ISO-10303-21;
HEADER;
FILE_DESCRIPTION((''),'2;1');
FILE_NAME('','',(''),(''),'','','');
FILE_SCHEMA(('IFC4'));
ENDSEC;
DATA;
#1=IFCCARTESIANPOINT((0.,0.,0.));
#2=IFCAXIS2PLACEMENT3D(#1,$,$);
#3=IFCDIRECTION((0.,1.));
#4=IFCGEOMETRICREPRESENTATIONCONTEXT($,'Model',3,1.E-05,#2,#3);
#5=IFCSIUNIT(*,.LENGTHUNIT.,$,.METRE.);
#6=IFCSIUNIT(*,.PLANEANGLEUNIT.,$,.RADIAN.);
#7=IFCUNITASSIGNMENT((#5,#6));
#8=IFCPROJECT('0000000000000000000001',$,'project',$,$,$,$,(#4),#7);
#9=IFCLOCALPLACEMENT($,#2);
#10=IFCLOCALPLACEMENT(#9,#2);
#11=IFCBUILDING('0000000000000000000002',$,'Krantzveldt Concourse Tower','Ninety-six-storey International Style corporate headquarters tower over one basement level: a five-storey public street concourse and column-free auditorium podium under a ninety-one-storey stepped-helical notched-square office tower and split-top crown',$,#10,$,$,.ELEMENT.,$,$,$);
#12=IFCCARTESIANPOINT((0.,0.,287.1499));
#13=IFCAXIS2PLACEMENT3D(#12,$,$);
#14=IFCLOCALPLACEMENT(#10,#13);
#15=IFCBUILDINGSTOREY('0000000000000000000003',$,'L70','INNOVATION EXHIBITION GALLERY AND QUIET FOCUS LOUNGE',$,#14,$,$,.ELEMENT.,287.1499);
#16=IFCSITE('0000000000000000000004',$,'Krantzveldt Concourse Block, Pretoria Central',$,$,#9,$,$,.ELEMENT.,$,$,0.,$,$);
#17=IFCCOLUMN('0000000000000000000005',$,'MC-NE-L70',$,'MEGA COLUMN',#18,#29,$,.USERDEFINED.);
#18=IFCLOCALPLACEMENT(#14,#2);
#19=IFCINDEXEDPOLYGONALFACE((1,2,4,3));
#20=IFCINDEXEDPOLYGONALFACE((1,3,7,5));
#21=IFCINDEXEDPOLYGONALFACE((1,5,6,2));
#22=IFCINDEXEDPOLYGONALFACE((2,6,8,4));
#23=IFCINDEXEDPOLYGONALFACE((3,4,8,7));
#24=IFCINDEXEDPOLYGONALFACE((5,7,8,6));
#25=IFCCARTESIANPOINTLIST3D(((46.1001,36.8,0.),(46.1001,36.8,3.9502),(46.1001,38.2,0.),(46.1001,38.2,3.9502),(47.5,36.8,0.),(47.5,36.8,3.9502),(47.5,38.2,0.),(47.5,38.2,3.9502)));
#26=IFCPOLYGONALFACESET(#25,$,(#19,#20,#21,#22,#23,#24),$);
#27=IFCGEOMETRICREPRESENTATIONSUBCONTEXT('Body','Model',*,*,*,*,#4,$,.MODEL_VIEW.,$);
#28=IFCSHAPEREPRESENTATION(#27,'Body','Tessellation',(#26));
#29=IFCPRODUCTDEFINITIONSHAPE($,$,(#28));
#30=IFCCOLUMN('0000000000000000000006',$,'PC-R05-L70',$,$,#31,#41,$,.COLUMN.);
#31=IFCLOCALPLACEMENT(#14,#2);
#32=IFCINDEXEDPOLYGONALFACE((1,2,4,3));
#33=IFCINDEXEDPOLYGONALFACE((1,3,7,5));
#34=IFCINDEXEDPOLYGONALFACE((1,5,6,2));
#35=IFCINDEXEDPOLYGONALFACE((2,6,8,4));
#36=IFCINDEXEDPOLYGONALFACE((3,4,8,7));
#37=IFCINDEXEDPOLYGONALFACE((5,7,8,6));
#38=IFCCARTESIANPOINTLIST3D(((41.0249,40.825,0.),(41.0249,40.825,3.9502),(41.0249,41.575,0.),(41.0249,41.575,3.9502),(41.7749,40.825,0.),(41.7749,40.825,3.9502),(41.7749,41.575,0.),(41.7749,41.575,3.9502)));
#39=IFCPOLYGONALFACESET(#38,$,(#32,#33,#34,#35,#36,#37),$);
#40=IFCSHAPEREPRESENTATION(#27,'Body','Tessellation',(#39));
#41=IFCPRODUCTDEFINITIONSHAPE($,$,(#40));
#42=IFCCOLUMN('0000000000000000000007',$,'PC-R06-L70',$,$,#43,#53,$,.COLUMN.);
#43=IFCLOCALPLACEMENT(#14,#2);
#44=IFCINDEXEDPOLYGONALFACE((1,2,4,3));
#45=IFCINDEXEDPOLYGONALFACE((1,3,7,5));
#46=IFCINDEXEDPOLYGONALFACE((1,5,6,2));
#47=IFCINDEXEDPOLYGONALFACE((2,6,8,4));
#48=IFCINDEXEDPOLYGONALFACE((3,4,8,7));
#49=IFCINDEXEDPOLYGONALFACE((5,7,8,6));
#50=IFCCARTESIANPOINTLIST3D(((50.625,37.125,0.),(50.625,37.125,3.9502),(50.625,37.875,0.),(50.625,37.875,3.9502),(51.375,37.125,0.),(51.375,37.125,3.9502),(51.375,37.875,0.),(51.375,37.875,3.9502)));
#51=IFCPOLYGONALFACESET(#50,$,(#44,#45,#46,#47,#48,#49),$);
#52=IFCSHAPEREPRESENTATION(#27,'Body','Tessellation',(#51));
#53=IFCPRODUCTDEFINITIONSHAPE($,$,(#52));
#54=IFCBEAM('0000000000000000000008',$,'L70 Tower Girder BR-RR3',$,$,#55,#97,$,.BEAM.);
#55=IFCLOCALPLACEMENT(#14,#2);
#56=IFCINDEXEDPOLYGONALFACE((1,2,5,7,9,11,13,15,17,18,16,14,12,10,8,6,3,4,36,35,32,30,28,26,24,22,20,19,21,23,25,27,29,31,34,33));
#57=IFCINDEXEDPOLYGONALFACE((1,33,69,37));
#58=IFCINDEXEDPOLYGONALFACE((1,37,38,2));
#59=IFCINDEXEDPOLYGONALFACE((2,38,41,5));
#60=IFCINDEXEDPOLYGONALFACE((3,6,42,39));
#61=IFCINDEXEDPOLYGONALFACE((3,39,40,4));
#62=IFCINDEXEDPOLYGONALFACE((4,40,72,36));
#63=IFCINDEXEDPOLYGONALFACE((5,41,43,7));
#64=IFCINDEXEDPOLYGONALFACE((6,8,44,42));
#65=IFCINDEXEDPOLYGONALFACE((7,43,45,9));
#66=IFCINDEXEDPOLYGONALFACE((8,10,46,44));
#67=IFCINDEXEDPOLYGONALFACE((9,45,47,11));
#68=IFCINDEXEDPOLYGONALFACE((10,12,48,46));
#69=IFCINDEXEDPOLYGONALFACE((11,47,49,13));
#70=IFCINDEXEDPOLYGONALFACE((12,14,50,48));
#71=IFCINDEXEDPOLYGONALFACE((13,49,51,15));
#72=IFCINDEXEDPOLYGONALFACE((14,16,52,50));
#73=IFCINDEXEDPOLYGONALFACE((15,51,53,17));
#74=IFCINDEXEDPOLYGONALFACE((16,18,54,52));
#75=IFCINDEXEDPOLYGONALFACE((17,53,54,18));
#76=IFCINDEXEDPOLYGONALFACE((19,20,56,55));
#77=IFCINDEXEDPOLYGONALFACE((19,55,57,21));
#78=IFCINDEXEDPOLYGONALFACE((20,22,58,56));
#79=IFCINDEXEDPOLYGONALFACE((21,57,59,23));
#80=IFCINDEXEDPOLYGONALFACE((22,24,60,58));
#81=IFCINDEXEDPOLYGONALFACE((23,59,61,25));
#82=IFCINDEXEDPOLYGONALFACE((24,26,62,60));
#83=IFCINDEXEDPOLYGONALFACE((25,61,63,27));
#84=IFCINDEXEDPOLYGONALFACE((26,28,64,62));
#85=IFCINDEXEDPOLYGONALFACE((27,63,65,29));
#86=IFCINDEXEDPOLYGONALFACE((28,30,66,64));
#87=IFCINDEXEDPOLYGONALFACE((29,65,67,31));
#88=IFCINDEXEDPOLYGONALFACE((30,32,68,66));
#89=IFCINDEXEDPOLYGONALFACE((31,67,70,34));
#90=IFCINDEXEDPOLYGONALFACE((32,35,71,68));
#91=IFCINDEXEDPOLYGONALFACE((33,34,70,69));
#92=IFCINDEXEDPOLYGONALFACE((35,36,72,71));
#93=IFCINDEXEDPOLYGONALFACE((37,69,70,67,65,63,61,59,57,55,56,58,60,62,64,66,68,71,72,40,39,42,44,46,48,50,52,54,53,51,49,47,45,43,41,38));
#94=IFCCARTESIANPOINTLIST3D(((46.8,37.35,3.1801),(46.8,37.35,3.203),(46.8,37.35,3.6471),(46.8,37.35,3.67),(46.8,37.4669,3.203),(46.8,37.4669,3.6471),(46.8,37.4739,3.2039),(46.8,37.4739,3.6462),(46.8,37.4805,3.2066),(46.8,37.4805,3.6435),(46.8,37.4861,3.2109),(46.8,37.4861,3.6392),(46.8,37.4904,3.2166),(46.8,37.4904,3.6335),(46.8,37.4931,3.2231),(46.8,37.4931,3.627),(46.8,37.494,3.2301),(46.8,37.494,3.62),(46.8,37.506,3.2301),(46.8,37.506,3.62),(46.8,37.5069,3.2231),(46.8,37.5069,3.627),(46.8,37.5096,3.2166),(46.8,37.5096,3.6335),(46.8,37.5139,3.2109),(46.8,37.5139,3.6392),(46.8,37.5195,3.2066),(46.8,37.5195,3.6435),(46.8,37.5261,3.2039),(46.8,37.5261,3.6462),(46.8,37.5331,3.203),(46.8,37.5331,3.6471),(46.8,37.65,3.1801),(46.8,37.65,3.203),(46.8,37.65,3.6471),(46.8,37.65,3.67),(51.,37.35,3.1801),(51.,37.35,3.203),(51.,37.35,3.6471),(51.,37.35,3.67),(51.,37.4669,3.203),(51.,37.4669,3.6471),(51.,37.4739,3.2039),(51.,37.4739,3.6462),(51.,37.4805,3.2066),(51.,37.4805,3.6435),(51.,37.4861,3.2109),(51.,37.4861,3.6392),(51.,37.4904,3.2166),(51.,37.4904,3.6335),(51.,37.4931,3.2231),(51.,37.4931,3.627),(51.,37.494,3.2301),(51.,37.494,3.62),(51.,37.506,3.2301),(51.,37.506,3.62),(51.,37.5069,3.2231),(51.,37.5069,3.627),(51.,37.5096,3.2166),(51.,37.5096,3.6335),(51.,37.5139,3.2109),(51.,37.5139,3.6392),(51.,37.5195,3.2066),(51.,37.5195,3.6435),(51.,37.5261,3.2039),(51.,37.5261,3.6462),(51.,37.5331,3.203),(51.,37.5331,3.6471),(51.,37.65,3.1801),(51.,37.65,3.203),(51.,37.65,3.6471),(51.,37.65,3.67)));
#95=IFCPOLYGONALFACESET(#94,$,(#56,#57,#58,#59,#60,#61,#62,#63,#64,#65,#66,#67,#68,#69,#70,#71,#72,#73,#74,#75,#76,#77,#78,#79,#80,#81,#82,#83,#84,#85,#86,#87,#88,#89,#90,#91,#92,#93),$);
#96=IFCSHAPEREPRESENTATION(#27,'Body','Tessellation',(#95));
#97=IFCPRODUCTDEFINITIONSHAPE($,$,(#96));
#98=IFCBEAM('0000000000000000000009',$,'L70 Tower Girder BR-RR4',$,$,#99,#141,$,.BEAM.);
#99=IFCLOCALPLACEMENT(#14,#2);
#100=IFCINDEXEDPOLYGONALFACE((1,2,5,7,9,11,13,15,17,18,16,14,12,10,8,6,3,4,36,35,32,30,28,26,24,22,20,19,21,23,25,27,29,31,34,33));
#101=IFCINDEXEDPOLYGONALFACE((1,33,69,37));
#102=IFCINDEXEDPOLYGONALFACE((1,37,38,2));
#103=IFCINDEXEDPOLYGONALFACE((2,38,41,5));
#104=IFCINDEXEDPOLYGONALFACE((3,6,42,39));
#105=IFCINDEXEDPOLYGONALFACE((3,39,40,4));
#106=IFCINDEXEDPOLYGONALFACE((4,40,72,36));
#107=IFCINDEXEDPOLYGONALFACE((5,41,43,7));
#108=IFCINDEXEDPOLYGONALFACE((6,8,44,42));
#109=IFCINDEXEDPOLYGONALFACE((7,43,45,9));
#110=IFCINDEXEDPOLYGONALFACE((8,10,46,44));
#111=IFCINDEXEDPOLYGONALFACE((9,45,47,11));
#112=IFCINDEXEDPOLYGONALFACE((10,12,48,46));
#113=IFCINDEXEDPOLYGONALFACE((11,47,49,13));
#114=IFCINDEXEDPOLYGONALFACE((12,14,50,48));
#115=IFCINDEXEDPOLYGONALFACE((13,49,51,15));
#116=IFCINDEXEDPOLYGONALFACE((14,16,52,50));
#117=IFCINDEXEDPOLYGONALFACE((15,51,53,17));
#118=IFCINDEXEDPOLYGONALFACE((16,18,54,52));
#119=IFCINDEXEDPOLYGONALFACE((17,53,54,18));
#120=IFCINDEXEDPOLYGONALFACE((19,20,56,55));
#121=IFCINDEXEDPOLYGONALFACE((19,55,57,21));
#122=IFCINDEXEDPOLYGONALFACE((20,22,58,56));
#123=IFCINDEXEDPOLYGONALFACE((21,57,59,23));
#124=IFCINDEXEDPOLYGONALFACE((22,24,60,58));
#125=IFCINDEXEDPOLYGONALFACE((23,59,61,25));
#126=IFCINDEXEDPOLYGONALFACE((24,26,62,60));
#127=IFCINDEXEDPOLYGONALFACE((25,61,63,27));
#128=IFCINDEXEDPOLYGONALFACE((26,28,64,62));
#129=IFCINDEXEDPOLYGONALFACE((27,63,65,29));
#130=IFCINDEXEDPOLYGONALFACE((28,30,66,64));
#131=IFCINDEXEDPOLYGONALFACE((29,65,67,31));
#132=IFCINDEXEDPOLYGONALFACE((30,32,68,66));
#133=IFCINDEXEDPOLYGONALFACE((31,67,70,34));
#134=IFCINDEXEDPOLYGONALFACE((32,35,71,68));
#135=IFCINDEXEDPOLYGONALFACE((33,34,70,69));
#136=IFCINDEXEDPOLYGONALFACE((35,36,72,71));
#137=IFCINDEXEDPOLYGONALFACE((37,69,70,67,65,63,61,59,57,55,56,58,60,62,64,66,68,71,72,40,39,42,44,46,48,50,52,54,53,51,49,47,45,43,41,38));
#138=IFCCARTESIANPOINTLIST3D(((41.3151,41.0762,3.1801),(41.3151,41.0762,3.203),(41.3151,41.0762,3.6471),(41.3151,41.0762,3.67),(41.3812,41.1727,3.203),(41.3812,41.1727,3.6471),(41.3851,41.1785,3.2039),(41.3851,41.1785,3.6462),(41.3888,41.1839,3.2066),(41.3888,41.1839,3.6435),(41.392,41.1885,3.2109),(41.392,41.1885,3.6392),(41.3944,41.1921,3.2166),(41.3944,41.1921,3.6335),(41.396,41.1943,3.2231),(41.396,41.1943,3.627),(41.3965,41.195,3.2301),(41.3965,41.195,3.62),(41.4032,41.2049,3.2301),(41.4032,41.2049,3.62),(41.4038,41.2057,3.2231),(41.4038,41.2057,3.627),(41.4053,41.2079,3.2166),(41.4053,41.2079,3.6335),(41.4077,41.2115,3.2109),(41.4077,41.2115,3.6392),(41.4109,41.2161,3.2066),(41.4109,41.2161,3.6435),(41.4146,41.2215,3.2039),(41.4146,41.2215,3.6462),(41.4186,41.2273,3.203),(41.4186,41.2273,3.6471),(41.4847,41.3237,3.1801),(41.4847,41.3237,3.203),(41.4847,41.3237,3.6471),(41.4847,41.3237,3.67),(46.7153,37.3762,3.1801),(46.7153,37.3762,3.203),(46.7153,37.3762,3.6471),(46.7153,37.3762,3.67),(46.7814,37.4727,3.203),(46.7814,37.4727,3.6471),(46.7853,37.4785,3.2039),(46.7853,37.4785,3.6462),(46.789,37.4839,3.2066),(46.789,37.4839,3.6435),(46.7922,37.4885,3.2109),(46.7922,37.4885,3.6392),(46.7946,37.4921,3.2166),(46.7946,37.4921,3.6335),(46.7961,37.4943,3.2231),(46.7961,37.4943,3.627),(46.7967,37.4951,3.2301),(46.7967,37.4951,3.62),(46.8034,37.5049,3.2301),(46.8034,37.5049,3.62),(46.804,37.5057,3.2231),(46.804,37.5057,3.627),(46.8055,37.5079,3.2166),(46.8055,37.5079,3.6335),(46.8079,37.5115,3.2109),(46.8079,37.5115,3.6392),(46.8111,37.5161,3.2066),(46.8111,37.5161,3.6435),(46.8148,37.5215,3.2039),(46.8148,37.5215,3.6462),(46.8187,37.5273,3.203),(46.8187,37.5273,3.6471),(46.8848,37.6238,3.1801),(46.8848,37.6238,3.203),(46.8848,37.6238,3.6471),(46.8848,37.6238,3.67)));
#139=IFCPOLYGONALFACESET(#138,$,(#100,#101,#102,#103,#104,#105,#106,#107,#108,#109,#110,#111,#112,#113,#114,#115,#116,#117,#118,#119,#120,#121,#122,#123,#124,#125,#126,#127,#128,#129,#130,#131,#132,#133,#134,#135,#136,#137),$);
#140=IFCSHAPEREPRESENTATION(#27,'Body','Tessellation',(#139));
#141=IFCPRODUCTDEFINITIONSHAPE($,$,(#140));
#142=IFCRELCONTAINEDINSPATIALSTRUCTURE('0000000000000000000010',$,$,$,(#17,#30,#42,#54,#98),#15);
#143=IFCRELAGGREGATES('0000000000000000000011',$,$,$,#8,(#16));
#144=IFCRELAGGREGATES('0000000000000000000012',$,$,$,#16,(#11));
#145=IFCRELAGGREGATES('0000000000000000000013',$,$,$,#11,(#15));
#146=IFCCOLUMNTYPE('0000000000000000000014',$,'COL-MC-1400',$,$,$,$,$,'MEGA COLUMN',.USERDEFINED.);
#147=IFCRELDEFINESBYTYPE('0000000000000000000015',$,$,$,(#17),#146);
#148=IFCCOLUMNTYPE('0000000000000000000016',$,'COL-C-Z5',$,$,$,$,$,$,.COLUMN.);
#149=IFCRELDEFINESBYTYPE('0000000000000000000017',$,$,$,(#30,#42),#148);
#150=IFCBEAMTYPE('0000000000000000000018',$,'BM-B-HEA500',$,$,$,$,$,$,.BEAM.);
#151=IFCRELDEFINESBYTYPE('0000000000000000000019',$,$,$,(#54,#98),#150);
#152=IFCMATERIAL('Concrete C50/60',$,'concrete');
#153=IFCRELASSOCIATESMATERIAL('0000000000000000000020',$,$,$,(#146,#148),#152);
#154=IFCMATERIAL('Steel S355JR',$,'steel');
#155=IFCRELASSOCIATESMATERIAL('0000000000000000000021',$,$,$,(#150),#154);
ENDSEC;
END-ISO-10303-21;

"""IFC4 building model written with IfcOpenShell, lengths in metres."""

from ifc_helpers import new_model, si_unit, direction, frame, origin, origin_2d, place, context, subcontext, project, spatial, rectangle, i_section, extrude, source, transform, mapped, material, material_profile, profile_set, type_object, type_shapes, element, save


model = new_model("IFC4")

# Units and contexts
model_context = context("Model", 3, precision=1e-05, world=origin(), true_north=direction((0.0, 1.0)))
body_context = subcontext(model_context, "Body", "Model", "MODEL_VIEW")
ifc_project = project(units=[si_unit("LENGTHUNIT", "METRE"), si_unit("PLANEANGLEUNIT", "RADIAN")], contexts=[model_context])

# Site, building, storey
site_placement = place(None, origin())
site = spatial("IfcSite", under=ifc_project, at=site_placement, Name="Krantzveldt Concourse Block, Pretoria Central", CompositionType="ELEMENT", RefElevation=0.0)
building_placement = place(site_placement, origin())
building = spatial("IfcBuilding", under=site, at=building_placement, Name="Krantzveldt Concourse Tower", Description="Ninety-six-storey International Style corporate headquarters tower over one basement level: a five-storey public street concourse and column-free auditorium podium under a ninety-one-storey stepped-helical notched-square office tower and split-top crown", CompositionType="ELEMENT")
storey_placement = place(building_placement, frame((0.0, 0.0, 287.1499)))
storey = spatial("IfcBuildingStorey", under=building, at=storey_placement, Name="L70", Description="INNOVATION EXHIBITION GALLERY AND QUIET FOCUS LOUNGE", CompositionType="ELEMENT", Elevation=287.1499)

# Columns
ifc_material_1 = material(Name="Concrete C50/60", Category="concrete")
ifc_material_profile_1 = material_profile(ifc_material_1, rectangle(XDim=1.3999, YDim=1.3999, at=origin_2d()), Name="Concrete C50/60", Category="concrete")
ifc_profile_set_1 = profile_set([ifc_material_profile_1], Name="Concrete C50/60 - RC 1400x1400")
column_type_1 = type_object("IfcColumnType", Name="COL-MC-1400", ElementType="MEGA COLUMN", PredefinedType="USERDEFINED", material=ifc_profile_set_1)
shared_shape_1 = source(origin(), body_context, "Body", "SweptSolid", [
    extrude(rectangle(XDim=1.3999, YDim=1.3999, at=origin_2d()), origin(), (0.0, 0.0, 1.0), 3.9502),
])
type_shapes(column_type_1, [shared_shape_1])
column_placement = place(storey_placement, frame((46.8, 37.5, 0.0), z_axis=(0.0, 0.0, 1.0), x_axis=(1.0, 0.0, 0.0)))
element("IfcColumn", 1, at=column_placement, inside=storey, type_object=column_type_1, Name="MC-NE-L70", ObjectType="MEGA COLUMN", PredefinedType="USERDEFINED", context=body_context, shape_type="MappedRepresentation", body=[
    mapped(shared_shape_1, transform((0.0, 0.0, 0.0), x_axis=(1.0, 0.0, 0.0), y_axis=(0.0, 1.0, 0.0), z_axis=(0.0, 0.0, 1.0), scale=1.0)),
])
ifc_material_profile_2 = material_profile(ifc_material_1, rectangle(XDim=0.75, YDim=0.75, at=origin_2d()), Name="Concrete C50/60", Category="concrete")
ifc_profile_set_2 = profile_set([ifc_material_profile_2], Name="Concrete C50/60 - RC 750x750")
column_type_2 = type_object("IfcColumnType", Name="COL-C-Z5", PredefinedType="COLUMN", material=ifc_profile_set_2)
shared_shape_2 = source(origin(), body_context, "Body", "SweptSolid", [
    extrude(rectangle(XDim=0.75, YDim=0.75, at=origin_2d()), origin(), (0.0, 0.0, 1.0), 3.9502),
])
type_shapes(column_type_2, [shared_shape_2])
for number, where, z_axis, x_axis, name in (
    (2, (41.3999, 41.2, 0.0), (0.0, 0.0, 1.0), (1.0, 0.0, 0.0), "PC-R05-L70"),
    (3, (51.0, 37.5, 0.0), (0.0, 0.0, 1.0), (1.0, 0.0, 0.0), "PC-R06-L70"),
):
    element("IfcColumn", number, at=place(storey_placement, frame(where, z_axis=z_axis, x_axis=x_axis)), inside=storey, type_object=column_type_2, Name=name, PredefinedType="COLUMN", context=body_context, shape_type="MappedRepresentation", body=[
        mapped(shared_shape_2, transform((0.0, 0.0, 0.0), x_axis=(1.0, 0.0, 0.0), y_axis=(0.0, 1.0, 0.0), z_axis=(0.0, 0.0, 1.0), scale=1.0)),
    ])

# Beams
ifc_material_2 = material(Name="Steel S355JR", Category="steel")
ifc_material_profile_3 = material_profile(ifc_material_2, i_section(OverallWidth=0.3, OverallDepth=0.49, WebThickness=0.012, FlangeThickness=0.0229, FilletRadius=0.0271, at=origin_2d()), Name="Steel S355JR", Category="steel")
ifc_profile_set_3 = profile_set([ifc_material_profile_3], Name="Steel S355JR - HEA 500")
beam_type_1 = type_object("IfcBeamType", Name="BM-B-HEA500", PredefinedType="BEAM", material=ifc_profile_set_3)
shared_shape_3 = source(origin(), body_context, "Body", "SweptSolid", [
    extrude(i_section(OverallWidth=0.3, OverallDepth=0.49, WebThickness=0.012, FlangeThickness=0.0229, FilletRadius=0.0271, at=origin_2d()), origin(), (0.0, 0.0, 1.0), 4.2),
])
beam_1_placement = place(storey_placement, frame((46.8, 37.5, 3.425), z_axis=(1.0, 0.0, 0.0), x_axis=(0.0, 1.0, 0.0)))
element("IfcBeam", 4, at=beam_1_placement, inside=storey, type_object=beam_type_1, Name="L70 Tower Girder BR-RR3", PredefinedType="BEAM", context=body_context, shape_type="MappedRepresentation", body=[
    mapped(shared_shape_3, transform((0.0, 0.0, 0.0), x_axis=(1.0, 0.0, 0.0), y_axis=(0.0, 1.0, 0.0), z_axis=(0.0, 0.0, 1.0), scale=1.0)),
])
shared_shape_4 = source(origin(), body_context, "Body", "SweptSolid", [
    extrude(i_section(OverallWidth=0.3, OverallDepth=0.49, WebThickness=0.012, FlangeThickness=0.0229, FilletRadius=0.0271, at=origin_2d()), origin(), (0.0, 0.0, 1.0), 6.5461),
])
type_shapes(beam_type_1, [shared_shape_3, shared_shape_4])
beam_2_placement = place(storey_placement, frame((46.8, 37.5, 3.425), z_axis=(-0.824943, 0.565216, 0.0), x_axis=(-0.565216, -0.824943, 0.0)))
element("IfcBeam", 5, at=beam_2_placement, inside=storey, type_object=beam_type_1, Name="L70 Tower Girder BR-RR4", PredefinedType="BEAM", context=body_context, shape_type="MappedRepresentation", body=[
    mapped(shared_shape_4, transform((0.0, 0.0, 0.0), x_axis=(1.0, 0.0, 0.0), y_axis=(0.0, 1.0, 0.0), z_axis=(0.0, 0.0, 1.0), scale=1.0)),
])

save(model, "model.ifc")
